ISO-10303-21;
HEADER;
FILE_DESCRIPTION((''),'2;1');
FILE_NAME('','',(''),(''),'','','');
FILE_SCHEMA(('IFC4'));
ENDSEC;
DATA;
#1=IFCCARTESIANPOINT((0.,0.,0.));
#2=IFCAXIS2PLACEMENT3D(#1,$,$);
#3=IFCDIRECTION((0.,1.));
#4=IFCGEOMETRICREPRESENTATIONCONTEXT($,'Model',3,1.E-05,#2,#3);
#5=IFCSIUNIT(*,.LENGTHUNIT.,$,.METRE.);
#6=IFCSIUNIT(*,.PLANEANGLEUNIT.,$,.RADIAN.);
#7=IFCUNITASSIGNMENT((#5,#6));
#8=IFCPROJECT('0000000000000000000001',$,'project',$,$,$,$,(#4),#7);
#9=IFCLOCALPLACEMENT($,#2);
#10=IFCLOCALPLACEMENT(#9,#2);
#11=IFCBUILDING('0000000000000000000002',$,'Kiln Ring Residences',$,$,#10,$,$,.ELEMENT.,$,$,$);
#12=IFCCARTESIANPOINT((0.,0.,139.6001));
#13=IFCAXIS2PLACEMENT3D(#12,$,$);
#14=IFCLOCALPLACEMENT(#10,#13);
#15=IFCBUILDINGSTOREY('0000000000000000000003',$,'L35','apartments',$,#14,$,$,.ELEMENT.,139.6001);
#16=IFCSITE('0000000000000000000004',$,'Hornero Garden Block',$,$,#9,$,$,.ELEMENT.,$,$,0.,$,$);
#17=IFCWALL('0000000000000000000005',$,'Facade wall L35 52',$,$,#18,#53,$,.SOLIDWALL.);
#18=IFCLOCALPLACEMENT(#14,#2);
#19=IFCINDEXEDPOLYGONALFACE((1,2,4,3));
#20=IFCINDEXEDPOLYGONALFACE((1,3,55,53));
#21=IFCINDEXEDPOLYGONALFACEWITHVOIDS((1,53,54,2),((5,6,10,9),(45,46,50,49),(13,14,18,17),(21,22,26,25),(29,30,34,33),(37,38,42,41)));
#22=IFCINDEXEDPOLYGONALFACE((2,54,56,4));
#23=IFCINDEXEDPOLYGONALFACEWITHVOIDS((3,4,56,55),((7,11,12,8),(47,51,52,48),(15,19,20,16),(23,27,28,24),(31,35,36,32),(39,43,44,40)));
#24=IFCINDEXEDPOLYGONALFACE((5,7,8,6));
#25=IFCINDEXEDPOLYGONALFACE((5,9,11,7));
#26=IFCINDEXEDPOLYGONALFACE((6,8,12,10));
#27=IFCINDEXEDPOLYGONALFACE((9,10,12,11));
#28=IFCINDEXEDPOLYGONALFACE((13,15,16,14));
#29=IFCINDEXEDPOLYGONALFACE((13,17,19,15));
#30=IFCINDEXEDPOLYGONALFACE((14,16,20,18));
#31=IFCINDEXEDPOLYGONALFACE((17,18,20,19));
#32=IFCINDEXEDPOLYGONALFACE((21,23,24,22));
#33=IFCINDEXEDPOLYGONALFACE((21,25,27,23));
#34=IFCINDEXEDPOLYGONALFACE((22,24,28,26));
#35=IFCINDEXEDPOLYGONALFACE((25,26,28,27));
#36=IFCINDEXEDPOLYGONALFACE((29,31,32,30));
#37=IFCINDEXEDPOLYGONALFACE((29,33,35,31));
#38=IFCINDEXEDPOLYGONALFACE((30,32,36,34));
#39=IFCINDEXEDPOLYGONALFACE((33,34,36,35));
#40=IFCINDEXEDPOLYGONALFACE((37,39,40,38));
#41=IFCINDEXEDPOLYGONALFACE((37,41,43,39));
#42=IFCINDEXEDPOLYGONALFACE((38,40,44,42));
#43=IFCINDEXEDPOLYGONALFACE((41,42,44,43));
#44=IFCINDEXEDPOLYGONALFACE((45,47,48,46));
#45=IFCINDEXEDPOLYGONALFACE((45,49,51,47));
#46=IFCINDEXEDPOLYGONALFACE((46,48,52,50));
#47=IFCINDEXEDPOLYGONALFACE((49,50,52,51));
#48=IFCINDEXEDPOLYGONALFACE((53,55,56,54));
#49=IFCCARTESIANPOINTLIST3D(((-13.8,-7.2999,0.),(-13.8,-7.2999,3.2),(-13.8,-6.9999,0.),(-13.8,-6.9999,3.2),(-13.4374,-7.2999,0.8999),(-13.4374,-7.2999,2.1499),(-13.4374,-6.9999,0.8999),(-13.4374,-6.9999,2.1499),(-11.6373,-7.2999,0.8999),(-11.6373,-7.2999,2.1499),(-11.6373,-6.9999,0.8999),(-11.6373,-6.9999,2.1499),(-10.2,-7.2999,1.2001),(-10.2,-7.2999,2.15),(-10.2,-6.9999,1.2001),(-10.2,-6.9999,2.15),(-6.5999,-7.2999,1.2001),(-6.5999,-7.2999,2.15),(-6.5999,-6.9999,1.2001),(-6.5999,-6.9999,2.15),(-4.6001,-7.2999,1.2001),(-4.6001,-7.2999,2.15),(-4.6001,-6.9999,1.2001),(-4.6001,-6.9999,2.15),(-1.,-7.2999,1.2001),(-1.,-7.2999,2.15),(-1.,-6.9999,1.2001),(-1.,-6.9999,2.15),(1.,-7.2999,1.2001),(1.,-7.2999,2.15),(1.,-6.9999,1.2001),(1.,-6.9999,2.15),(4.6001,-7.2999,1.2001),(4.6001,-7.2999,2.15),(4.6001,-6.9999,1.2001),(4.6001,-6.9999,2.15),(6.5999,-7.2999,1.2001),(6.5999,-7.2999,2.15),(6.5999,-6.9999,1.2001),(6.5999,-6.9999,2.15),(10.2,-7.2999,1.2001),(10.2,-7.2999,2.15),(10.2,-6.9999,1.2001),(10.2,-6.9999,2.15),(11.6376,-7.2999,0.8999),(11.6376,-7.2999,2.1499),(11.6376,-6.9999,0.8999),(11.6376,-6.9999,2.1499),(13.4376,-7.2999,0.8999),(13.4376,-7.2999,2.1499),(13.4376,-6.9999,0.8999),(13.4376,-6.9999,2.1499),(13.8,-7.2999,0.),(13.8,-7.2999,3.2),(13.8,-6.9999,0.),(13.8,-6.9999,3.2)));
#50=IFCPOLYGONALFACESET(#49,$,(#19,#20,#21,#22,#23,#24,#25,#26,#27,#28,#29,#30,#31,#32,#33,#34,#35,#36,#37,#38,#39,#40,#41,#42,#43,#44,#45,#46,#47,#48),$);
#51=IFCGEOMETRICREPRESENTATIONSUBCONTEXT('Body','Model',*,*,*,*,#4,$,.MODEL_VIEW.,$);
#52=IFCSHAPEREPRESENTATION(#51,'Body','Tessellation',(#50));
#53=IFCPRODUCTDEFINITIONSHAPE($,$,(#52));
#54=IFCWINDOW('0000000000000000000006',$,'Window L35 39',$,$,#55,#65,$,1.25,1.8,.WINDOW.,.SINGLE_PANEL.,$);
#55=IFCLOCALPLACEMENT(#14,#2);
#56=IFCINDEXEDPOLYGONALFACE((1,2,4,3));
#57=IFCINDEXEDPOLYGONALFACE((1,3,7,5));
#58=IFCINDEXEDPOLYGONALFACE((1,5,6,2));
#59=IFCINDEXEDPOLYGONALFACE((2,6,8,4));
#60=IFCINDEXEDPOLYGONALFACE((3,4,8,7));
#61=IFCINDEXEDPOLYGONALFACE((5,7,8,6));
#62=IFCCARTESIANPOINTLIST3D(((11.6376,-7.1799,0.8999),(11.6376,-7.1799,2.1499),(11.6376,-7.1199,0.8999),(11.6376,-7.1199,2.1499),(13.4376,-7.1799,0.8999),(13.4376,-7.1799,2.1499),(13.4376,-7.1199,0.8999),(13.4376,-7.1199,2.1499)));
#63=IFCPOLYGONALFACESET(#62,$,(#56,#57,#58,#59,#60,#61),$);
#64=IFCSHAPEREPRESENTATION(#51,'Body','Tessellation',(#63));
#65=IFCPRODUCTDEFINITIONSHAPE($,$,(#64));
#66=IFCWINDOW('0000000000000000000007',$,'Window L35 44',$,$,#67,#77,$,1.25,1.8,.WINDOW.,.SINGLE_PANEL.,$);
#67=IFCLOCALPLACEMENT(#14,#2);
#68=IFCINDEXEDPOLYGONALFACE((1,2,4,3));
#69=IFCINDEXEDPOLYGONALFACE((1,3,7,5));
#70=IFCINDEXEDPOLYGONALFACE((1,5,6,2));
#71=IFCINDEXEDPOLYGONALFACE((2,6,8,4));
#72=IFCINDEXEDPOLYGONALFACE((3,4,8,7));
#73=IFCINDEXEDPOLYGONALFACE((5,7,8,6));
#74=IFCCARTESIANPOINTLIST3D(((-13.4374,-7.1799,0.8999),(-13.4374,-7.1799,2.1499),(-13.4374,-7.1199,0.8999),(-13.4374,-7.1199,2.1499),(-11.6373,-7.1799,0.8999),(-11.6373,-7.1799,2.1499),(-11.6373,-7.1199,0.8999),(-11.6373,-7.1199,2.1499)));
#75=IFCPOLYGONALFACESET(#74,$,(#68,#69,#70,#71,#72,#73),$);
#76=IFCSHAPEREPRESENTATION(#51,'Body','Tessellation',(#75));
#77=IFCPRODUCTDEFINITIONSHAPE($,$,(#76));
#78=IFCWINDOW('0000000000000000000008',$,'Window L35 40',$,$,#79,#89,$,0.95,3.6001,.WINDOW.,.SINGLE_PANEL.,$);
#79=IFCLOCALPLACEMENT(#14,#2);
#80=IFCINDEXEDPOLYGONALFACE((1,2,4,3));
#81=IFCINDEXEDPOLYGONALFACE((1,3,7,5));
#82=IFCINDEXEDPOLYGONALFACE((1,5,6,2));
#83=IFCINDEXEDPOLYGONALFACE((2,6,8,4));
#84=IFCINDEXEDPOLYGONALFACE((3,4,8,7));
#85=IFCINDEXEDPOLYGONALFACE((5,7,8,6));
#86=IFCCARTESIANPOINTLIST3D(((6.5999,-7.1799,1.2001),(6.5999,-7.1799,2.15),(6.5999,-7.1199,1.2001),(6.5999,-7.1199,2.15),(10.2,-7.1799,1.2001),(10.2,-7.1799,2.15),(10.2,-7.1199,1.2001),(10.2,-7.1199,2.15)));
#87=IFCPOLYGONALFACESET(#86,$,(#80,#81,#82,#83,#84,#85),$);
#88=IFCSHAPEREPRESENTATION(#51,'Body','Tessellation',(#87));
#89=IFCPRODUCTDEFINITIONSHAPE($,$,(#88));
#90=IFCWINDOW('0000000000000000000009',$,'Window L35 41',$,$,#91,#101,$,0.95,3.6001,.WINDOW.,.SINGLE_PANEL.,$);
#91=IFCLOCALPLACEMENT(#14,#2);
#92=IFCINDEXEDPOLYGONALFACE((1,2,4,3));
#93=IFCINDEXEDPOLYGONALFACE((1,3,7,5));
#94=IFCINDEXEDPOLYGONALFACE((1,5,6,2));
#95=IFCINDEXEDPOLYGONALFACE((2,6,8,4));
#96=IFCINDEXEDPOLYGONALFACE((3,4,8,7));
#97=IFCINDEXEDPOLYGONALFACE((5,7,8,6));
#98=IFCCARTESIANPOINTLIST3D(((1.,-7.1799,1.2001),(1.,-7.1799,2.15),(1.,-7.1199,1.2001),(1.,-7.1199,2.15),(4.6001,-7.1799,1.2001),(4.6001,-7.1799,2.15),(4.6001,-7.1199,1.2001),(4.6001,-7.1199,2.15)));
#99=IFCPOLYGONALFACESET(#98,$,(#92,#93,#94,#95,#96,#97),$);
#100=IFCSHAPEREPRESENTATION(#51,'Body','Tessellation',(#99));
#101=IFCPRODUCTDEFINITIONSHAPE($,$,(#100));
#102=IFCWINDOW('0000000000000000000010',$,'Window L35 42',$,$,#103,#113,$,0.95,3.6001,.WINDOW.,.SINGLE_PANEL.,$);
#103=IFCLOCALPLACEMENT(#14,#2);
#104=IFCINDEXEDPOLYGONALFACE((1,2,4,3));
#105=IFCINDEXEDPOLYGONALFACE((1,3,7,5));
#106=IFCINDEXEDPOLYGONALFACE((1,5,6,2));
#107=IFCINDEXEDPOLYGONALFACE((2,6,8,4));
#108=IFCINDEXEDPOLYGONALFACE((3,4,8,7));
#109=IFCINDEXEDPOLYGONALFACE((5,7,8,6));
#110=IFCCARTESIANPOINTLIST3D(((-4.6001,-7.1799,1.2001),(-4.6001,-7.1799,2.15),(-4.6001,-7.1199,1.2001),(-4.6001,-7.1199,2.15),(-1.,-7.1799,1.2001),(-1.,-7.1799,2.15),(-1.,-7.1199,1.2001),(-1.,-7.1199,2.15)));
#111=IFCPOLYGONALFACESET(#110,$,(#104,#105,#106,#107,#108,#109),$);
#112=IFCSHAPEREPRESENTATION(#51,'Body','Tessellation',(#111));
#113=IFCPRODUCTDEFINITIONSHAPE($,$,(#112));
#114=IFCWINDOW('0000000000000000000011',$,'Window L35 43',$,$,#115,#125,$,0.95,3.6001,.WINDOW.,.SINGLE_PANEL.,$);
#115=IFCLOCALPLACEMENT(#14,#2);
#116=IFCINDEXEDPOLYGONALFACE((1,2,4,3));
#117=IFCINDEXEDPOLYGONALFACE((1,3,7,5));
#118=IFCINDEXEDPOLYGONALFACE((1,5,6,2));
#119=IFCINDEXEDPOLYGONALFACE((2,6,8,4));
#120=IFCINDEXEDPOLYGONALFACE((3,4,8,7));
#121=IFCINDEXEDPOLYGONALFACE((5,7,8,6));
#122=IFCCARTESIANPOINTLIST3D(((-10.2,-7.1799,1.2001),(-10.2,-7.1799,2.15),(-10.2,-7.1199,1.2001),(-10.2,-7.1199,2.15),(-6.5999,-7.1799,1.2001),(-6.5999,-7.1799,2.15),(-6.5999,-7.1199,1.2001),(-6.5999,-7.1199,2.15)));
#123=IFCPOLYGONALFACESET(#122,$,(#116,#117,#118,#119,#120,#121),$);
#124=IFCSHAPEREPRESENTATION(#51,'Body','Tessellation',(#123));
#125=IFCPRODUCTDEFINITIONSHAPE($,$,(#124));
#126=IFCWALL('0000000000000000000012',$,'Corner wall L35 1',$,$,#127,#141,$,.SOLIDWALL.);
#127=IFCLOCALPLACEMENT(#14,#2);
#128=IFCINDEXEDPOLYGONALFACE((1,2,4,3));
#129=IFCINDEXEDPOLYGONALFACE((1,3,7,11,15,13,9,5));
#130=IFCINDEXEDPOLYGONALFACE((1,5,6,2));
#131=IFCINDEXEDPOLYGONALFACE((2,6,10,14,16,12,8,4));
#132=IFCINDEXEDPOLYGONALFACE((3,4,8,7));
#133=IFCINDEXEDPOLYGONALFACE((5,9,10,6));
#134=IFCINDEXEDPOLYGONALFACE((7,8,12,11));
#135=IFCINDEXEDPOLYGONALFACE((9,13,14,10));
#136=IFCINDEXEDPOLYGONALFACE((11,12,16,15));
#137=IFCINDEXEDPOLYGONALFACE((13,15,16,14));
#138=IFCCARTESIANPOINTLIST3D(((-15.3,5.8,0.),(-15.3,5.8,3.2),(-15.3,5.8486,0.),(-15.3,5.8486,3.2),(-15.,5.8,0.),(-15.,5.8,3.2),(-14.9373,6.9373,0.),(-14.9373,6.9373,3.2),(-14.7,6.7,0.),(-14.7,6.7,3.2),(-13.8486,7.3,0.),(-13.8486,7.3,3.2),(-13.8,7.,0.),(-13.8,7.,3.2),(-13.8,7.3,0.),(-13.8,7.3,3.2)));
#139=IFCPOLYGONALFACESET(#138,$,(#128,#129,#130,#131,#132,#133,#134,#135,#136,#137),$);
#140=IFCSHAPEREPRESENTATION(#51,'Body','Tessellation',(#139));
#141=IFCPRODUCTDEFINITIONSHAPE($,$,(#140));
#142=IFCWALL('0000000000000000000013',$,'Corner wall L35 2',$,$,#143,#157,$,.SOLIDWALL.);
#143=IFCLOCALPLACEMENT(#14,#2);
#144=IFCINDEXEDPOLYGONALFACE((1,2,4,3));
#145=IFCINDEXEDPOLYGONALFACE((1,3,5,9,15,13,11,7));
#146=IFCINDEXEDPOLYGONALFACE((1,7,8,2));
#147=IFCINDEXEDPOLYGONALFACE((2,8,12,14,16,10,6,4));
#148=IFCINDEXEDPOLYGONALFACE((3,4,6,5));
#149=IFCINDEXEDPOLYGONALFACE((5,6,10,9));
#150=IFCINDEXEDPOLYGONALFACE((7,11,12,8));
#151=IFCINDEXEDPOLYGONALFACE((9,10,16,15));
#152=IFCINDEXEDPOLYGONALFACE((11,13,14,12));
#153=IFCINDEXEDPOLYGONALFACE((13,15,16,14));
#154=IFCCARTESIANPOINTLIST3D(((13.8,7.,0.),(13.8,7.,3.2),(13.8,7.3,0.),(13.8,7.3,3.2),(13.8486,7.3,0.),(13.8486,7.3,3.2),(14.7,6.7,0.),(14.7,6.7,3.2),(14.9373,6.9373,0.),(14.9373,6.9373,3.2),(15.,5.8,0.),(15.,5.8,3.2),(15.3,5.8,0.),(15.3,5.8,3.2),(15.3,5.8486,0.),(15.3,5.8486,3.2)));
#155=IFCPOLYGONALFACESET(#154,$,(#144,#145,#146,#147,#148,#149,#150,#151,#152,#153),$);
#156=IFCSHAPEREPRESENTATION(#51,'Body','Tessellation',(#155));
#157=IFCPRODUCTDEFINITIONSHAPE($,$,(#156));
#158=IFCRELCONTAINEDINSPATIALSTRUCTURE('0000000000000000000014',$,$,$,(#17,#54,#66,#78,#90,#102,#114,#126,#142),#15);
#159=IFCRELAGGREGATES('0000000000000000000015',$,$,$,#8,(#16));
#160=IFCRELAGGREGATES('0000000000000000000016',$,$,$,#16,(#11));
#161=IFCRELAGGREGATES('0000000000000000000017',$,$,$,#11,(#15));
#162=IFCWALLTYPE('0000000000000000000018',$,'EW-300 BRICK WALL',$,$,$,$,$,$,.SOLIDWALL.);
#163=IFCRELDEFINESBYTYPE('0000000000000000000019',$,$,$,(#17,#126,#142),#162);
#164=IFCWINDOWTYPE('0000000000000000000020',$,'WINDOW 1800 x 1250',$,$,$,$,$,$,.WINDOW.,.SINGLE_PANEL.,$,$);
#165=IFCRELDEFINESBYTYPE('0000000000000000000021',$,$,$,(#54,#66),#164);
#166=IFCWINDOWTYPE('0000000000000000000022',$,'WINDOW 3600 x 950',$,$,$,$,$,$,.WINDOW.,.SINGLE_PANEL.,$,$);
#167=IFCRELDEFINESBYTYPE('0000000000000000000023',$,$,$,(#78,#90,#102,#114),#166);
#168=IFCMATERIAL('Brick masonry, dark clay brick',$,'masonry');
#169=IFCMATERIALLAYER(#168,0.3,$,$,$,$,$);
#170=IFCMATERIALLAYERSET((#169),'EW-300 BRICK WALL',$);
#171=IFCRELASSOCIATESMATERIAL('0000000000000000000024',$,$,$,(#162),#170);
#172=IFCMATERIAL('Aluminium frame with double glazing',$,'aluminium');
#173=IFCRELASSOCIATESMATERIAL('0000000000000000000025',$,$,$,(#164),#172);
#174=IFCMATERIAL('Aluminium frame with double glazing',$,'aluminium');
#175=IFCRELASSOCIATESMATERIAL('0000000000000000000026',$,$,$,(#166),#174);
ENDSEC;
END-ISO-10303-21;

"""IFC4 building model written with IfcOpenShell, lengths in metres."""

from ifc_helpers import new_model, si_unit, direction, frame, frame_2d, origin, place, context, subcontext, project, spatial, polyline, rectangle, outline, extrude, material, layer, layer_set, type_object, element, fill, save


model = new_model("IFC4")

# Units and contexts
model_context = context("Model", 3, precision=1e-05, world=origin(), true_north=direction((0.0, 1.0)))
body_context = subcontext(model_context, "Body", "Model", "MODEL_VIEW")
ifc_project = project(units=[si_unit("LENGTHUNIT", "METRE"), si_unit("PLANEANGLEUNIT", "RADIAN")], contexts=[model_context])

# Site, building, storey
site_placement = place(None, origin())
site = spatial("IfcSite", under=ifc_project, at=site_placement, Name="Hornero Garden Block", CompositionType="ELEMENT", RefElevation=0.0)
building_placement = place(site_placement, origin())
building = spatial("IfcBuilding", under=site, at=building_placement, Name="Kiln Ring Residences", CompositionType="ELEMENT")
storey_placement = place(building_placement, frame((0.0, 0.0, 139.6001)))
storey = spatial("IfcBuildingStorey", under=building, at=storey_placement, Name="L35", Description="apartments", CompositionType="ELEMENT", Elevation=139.6001)

# Wall, openings, windows
ifc_material_1 = material(Name="Brick masonry, dark clay brick", Category="masonry")
ifc_layer_1 = layer(ifc_material_1, 0.3)
ifc_layer_set_1 = layer_set([ifc_layer_1], Name="EW-300 BRICK WALL")
wall_type_1 = type_object("IfcWallType", Name="EW-300 BRICK WALL", PredefinedType="SOLIDWALL", material=ifc_layer_set_1)
wall_1_placement = place(storey_placement, frame((13.8, -7.1499, 0.0), z_axis=(0.0, 0.0, 1.0), x_axis=(-1.0, 0.0, 0.0)))
wall_1 = element("IfcWall", 1, at=wall_1_placement, inside=storey, type_object=wall_type_1, Name="Facade wall L35 52", PredefinedType="SOLIDWALL", context=body_context, shape_type="SweptSolid", body=[
    extrude(rectangle(XDim=27.6001, YDim=0.3, at=frame_2d((13.8, 0.0))), origin(), (0.0, 0.0, 1.0), 3.2),
])
opening_1_placement = place(wall_1_placement, frame((0.3625, 0.0, 0.8999)))
opening_1 = element("IfcOpeningElement", 2, at=opening_1_placement, cuts=wall_1, PredefinedType="OPENING", context=body_context, shape_type="SweptSolid", body=[
    extrude(rectangle(XDim=1.8, YDim=1.25, at=frame_2d((0.8999, 0.625))), frame((0.0, 0.1599, 0.0), z_axis=(0.0, -1.0, 0.0), x_axis=(1.0, 0.0, 0.0)), (0.0, 0.0, 1.0), 0.3201),
])
opening_2_placement = place(wall_1_placement, frame((3.6001, 0.0, 1.2)))
opening_2 = element("IfcOpeningElement", 3, at=opening_2_placement, cuts=wall_1, PredefinedType="OPENING", context=body_context, shape_type="SweptSolid", body=[
    extrude(rectangle(XDim=3.6001, YDim=0.95, at=frame_2d((1.8, 0.4751))), frame((0.0, 0.1599, 0.0), z_axis=(0.0, -1.0, 0.0), x_axis=(1.0, 0.0, 0.0)), (0.0, 0.0, 1.0), 0.3201),
])
opening_3_placement = place(wall_1_placement, frame((9.2, 0.0, 1.2)))
opening_3 = element("IfcOpeningElement", 4, at=opening_3_placement, cuts=wall_1, PredefinedType="OPENING", context=body_context, shape_type="SweptSolid", body=[
    extrude(rectangle(XDim=3.6001, YDim=0.95, at=frame_2d((1.8, 0.4751))), frame((0.0, 0.1599, 0.0), z_axis=(0.0, -1.0, 0.0), x_axis=(1.0, 0.0, 0.0)), (0.0, 0.0, 1.0), 0.3201),
])
opening_4_placement = place(wall_1_placement, frame((14.8, 0.0, 1.2)))
opening_4 = element("IfcOpeningElement", 5, at=opening_4_placement, cuts=wall_1, PredefinedType="OPENING", context=body_context, shape_type="SweptSolid", body=[
    extrude(rectangle(XDim=3.6001, YDim=0.95, at=frame_2d((1.8, 0.4751))), frame((0.0, 0.1599, 0.0), z_axis=(0.0, -1.0, 0.0), x_axis=(1.0, 0.0, 0.0)), (0.0, 0.0, 1.0), 0.3201),
])
opening_5_placement = place(wall_1_placement, frame((20.3999, 0.0, 1.2)))
opening_5 = element("IfcOpeningElement", 6, at=opening_5_placement, cuts=wall_1, PredefinedType="OPENING", context=body_context, shape_type="SweptSolid", body=[
    extrude(rectangle(XDim=3.6001, YDim=0.95, at=frame_2d((1.8, 0.4751))), frame((0.0, 0.1599, 0.0), z_axis=(0.0, -1.0, 0.0), x_axis=(1.0, 0.0, 0.0)), (0.0, 0.0, 1.0), 0.3201),
])
opening_6_placement = place(wall_1_placement, frame((25.4375, 0.0, 0.8999)))
opening_6 = element("IfcOpeningElement", 7, at=opening_6_placement, cuts=wall_1, PredefinedType="OPENING", context=body_context, shape_type="SweptSolid", body=[
    extrude(rectangle(XDim=1.8, YDim=1.25, at=frame_2d((0.8999, 0.625))), frame((0.0, 0.1599, 0.0), z_axis=(0.0, -1.0, 0.0), x_axis=(1.0, 0.0, 0.0)), (0.0, 0.0, 1.0), 0.3201),
])
ifc_material_2 = material(Name="Aluminium frame with double glazing", Category="aluminium")
window_type_1 = type_object("IfcWindowType", Name="WINDOW 1800 x 1250", PartitioningType="SINGLE_PANEL", PredefinedType="WINDOW", material=ifc_material_2)
window_1_placement = place(opening_1_placement, origin())
window_1 = element("IfcWindow", 8, at=window_1_placement, inside=storey, type_object=window_type_1, Name="Window L35 39", OverallHeight=1.25, OverallWidth=1.8, PartitioningType="SINGLE_PANEL", PredefinedType="WINDOW", context=body_context, shape_type="SweptSolid", body=[
    extrude(rectangle(XDim=1.8, YDim=1.25, at=frame_2d((0.8999, 0.625))), frame((0.0, 0.03, 0.0), z_axis=(0.0, -1.0, 0.0), x_axis=(1.0, 0.0, 0.0)), (0.0, 0.0, 1.0), 0.0601),
])
fill(opening_1, window_1)
window_2_placement = place(opening_6_placement, origin())
window_2 = element("IfcWindow", 9, at=window_2_placement, inside=storey, type_object=window_type_1, Name="Window L35 44", OverallHeight=1.25, OverallWidth=1.8, PartitioningType="SINGLE_PANEL", PredefinedType="WINDOW", context=body_context, shape_type="SweptSolid", body=[
    extrude(rectangle(XDim=1.8, YDim=1.25, at=frame_2d((0.8999, 0.625))), frame((0.0, 0.03, 0.0), z_axis=(0.0, -1.0, 0.0), x_axis=(1.0, 0.0, 0.0)), (0.0, 0.0, 1.0), 0.0601),
])
fill(opening_6, window_2)
ifc_material_3 = material(Name="Aluminium frame with double glazing", Category="aluminium")
window_type_2 = type_object("IfcWindowType", Name="WINDOW 3600 x 950", PartitioningType="SINGLE_PANEL", PredefinedType="WINDOW", material=ifc_material_3)
window_3_placement = place(opening_2_placement, origin())
window_3 = element("IfcWindow", 10, at=window_3_placement, inside=storey, type_object=window_type_2, Name="Window L35 40", OverallHeight=0.95, OverallWidth=3.6001, PartitioningType="SINGLE_PANEL", PredefinedType="WINDOW", context=body_context, shape_type="SweptSolid", body=[
    extrude(rectangle(XDim=3.6001, YDim=0.95, at=frame_2d((1.8, 0.4751))), frame((0.0, 0.03, 0.0), z_axis=(0.0, -1.0, 0.0), x_axis=(1.0, 0.0, 0.0)), (0.0, 0.0, 1.0), 0.0601),
])
fill(opening_2, window_3)
window_4_placement = place(opening_3_placement, origin())
window_4 = element("IfcWindow", 11, at=window_4_placement, inside=storey, type_object=window_type_2, Name="Window L35 41", OverallHeight=0.95, OverallWidth=3.6001, PartitioningType="SINGLE_PANEL", PredefinedType="WINDOW", context=body_context, shape_type="SweptSolid", body=[
    extrude(rectangle(XDim=3.6001, YDim=0.95, at=frame_2d((1.8, 0.4751))), frame((0.0, 0.03, 0.0), z_axis=(0.0, -1.0, 0.0), x_axis=(1.0, 0.0, 0.0)), (0.0, 0.0, 1.0), 0.0601),
])
fill(opening_3, window_4)
window_5_placement = place(opening_4_placement, origin())
window_5 = element("IfcWindow", 12, at=window_5_placement, inside=storey, type_object=window_type_2, Name="Window L35 42", OverallHeight=0.95, OverallWidth=3.6001, PartitioningType="SINGLE_PANEL", PredefinedType="WINDOW", context=body_context, shape_type="SweptSolid", body=[
    extrude(rectangle(XDim=3.6001, YDim=0.95, at=frame_2d((1.8, 0.4751))), frame((0.0, 0.03, 0.0), z_axis=(0.0, -1.0, 0.0), x_axis=(1.0, 0.0, 0.0)), (0.0, 0.0, 1.0), 0.0601),
])
fill(opening_4, window_5)
window_6_placement = place(opening_5_placement, origin())
window_6 = element("IfcWindow", 13, at=window_6_placement, inside=storey, type_object=window_type_2, Name="Window L35 43", OverallHeight=0.95, OverallWidth=3.6001, PartitioningType="SINGLE_PANEL", PredefinedType="WINDOW", context=body_context, shape_type="SweptSolid", body=[
    extrude(rectangle(XDim=3.6001, YDim=0.95, at=frame_2d((1.8, 0.4751))), frame((0.0, 0.03, 0.0), z_axis=(0.0, -1.0, 0.0), x_axis=(1.0, 0.0, 0.0)), (0.0, 0.0, 1.0), 0.0601),
])
fill(opening_5, window_6)

# Walls
placement = place(storey_placement, origin())
element("IfcWall", 14, at=placement, inside=storey, type_object=wall_type_1, Name="Corner wall L35 1", PredefinedType="SOLIDWALL", context=body_context, shape_type="SweptSolid", body=[
    extrude(outline(polyline([(-13.8486, 7.3), (-14.9373, 6.9373), (-15.3, 5.8486), (-15.3, 5.8), (-15.0, 5.8), (-14.7, 6.7), (-13.8, 7.0), (-13.8, 7.3), (-13.8486, 7.3)])), origin(), (0.0, 0.0, 1.0), 3.2),
])
element("IfcWall", 15, at=placement, inside=storey, type_object=wall_type_1, Name="Corner wall L35 2", PredefinedType="SOLIDWALL", context=body_context, shape_type="SweptSolid", body=[
    extrude(outline(polyline([(14.9373, 6.9373), (13.8486, 7.3), (13.8, 7.3), (13.8, 7.0), (14.7, 6.7), (15.0, 5.8), (15.3, 5.8), (15.3, 5.8486), (14.9373, 6.9373)])), origin(), (0.0, 0.0, 1.0), 3.2),
])

save(model, "model.ifc")
